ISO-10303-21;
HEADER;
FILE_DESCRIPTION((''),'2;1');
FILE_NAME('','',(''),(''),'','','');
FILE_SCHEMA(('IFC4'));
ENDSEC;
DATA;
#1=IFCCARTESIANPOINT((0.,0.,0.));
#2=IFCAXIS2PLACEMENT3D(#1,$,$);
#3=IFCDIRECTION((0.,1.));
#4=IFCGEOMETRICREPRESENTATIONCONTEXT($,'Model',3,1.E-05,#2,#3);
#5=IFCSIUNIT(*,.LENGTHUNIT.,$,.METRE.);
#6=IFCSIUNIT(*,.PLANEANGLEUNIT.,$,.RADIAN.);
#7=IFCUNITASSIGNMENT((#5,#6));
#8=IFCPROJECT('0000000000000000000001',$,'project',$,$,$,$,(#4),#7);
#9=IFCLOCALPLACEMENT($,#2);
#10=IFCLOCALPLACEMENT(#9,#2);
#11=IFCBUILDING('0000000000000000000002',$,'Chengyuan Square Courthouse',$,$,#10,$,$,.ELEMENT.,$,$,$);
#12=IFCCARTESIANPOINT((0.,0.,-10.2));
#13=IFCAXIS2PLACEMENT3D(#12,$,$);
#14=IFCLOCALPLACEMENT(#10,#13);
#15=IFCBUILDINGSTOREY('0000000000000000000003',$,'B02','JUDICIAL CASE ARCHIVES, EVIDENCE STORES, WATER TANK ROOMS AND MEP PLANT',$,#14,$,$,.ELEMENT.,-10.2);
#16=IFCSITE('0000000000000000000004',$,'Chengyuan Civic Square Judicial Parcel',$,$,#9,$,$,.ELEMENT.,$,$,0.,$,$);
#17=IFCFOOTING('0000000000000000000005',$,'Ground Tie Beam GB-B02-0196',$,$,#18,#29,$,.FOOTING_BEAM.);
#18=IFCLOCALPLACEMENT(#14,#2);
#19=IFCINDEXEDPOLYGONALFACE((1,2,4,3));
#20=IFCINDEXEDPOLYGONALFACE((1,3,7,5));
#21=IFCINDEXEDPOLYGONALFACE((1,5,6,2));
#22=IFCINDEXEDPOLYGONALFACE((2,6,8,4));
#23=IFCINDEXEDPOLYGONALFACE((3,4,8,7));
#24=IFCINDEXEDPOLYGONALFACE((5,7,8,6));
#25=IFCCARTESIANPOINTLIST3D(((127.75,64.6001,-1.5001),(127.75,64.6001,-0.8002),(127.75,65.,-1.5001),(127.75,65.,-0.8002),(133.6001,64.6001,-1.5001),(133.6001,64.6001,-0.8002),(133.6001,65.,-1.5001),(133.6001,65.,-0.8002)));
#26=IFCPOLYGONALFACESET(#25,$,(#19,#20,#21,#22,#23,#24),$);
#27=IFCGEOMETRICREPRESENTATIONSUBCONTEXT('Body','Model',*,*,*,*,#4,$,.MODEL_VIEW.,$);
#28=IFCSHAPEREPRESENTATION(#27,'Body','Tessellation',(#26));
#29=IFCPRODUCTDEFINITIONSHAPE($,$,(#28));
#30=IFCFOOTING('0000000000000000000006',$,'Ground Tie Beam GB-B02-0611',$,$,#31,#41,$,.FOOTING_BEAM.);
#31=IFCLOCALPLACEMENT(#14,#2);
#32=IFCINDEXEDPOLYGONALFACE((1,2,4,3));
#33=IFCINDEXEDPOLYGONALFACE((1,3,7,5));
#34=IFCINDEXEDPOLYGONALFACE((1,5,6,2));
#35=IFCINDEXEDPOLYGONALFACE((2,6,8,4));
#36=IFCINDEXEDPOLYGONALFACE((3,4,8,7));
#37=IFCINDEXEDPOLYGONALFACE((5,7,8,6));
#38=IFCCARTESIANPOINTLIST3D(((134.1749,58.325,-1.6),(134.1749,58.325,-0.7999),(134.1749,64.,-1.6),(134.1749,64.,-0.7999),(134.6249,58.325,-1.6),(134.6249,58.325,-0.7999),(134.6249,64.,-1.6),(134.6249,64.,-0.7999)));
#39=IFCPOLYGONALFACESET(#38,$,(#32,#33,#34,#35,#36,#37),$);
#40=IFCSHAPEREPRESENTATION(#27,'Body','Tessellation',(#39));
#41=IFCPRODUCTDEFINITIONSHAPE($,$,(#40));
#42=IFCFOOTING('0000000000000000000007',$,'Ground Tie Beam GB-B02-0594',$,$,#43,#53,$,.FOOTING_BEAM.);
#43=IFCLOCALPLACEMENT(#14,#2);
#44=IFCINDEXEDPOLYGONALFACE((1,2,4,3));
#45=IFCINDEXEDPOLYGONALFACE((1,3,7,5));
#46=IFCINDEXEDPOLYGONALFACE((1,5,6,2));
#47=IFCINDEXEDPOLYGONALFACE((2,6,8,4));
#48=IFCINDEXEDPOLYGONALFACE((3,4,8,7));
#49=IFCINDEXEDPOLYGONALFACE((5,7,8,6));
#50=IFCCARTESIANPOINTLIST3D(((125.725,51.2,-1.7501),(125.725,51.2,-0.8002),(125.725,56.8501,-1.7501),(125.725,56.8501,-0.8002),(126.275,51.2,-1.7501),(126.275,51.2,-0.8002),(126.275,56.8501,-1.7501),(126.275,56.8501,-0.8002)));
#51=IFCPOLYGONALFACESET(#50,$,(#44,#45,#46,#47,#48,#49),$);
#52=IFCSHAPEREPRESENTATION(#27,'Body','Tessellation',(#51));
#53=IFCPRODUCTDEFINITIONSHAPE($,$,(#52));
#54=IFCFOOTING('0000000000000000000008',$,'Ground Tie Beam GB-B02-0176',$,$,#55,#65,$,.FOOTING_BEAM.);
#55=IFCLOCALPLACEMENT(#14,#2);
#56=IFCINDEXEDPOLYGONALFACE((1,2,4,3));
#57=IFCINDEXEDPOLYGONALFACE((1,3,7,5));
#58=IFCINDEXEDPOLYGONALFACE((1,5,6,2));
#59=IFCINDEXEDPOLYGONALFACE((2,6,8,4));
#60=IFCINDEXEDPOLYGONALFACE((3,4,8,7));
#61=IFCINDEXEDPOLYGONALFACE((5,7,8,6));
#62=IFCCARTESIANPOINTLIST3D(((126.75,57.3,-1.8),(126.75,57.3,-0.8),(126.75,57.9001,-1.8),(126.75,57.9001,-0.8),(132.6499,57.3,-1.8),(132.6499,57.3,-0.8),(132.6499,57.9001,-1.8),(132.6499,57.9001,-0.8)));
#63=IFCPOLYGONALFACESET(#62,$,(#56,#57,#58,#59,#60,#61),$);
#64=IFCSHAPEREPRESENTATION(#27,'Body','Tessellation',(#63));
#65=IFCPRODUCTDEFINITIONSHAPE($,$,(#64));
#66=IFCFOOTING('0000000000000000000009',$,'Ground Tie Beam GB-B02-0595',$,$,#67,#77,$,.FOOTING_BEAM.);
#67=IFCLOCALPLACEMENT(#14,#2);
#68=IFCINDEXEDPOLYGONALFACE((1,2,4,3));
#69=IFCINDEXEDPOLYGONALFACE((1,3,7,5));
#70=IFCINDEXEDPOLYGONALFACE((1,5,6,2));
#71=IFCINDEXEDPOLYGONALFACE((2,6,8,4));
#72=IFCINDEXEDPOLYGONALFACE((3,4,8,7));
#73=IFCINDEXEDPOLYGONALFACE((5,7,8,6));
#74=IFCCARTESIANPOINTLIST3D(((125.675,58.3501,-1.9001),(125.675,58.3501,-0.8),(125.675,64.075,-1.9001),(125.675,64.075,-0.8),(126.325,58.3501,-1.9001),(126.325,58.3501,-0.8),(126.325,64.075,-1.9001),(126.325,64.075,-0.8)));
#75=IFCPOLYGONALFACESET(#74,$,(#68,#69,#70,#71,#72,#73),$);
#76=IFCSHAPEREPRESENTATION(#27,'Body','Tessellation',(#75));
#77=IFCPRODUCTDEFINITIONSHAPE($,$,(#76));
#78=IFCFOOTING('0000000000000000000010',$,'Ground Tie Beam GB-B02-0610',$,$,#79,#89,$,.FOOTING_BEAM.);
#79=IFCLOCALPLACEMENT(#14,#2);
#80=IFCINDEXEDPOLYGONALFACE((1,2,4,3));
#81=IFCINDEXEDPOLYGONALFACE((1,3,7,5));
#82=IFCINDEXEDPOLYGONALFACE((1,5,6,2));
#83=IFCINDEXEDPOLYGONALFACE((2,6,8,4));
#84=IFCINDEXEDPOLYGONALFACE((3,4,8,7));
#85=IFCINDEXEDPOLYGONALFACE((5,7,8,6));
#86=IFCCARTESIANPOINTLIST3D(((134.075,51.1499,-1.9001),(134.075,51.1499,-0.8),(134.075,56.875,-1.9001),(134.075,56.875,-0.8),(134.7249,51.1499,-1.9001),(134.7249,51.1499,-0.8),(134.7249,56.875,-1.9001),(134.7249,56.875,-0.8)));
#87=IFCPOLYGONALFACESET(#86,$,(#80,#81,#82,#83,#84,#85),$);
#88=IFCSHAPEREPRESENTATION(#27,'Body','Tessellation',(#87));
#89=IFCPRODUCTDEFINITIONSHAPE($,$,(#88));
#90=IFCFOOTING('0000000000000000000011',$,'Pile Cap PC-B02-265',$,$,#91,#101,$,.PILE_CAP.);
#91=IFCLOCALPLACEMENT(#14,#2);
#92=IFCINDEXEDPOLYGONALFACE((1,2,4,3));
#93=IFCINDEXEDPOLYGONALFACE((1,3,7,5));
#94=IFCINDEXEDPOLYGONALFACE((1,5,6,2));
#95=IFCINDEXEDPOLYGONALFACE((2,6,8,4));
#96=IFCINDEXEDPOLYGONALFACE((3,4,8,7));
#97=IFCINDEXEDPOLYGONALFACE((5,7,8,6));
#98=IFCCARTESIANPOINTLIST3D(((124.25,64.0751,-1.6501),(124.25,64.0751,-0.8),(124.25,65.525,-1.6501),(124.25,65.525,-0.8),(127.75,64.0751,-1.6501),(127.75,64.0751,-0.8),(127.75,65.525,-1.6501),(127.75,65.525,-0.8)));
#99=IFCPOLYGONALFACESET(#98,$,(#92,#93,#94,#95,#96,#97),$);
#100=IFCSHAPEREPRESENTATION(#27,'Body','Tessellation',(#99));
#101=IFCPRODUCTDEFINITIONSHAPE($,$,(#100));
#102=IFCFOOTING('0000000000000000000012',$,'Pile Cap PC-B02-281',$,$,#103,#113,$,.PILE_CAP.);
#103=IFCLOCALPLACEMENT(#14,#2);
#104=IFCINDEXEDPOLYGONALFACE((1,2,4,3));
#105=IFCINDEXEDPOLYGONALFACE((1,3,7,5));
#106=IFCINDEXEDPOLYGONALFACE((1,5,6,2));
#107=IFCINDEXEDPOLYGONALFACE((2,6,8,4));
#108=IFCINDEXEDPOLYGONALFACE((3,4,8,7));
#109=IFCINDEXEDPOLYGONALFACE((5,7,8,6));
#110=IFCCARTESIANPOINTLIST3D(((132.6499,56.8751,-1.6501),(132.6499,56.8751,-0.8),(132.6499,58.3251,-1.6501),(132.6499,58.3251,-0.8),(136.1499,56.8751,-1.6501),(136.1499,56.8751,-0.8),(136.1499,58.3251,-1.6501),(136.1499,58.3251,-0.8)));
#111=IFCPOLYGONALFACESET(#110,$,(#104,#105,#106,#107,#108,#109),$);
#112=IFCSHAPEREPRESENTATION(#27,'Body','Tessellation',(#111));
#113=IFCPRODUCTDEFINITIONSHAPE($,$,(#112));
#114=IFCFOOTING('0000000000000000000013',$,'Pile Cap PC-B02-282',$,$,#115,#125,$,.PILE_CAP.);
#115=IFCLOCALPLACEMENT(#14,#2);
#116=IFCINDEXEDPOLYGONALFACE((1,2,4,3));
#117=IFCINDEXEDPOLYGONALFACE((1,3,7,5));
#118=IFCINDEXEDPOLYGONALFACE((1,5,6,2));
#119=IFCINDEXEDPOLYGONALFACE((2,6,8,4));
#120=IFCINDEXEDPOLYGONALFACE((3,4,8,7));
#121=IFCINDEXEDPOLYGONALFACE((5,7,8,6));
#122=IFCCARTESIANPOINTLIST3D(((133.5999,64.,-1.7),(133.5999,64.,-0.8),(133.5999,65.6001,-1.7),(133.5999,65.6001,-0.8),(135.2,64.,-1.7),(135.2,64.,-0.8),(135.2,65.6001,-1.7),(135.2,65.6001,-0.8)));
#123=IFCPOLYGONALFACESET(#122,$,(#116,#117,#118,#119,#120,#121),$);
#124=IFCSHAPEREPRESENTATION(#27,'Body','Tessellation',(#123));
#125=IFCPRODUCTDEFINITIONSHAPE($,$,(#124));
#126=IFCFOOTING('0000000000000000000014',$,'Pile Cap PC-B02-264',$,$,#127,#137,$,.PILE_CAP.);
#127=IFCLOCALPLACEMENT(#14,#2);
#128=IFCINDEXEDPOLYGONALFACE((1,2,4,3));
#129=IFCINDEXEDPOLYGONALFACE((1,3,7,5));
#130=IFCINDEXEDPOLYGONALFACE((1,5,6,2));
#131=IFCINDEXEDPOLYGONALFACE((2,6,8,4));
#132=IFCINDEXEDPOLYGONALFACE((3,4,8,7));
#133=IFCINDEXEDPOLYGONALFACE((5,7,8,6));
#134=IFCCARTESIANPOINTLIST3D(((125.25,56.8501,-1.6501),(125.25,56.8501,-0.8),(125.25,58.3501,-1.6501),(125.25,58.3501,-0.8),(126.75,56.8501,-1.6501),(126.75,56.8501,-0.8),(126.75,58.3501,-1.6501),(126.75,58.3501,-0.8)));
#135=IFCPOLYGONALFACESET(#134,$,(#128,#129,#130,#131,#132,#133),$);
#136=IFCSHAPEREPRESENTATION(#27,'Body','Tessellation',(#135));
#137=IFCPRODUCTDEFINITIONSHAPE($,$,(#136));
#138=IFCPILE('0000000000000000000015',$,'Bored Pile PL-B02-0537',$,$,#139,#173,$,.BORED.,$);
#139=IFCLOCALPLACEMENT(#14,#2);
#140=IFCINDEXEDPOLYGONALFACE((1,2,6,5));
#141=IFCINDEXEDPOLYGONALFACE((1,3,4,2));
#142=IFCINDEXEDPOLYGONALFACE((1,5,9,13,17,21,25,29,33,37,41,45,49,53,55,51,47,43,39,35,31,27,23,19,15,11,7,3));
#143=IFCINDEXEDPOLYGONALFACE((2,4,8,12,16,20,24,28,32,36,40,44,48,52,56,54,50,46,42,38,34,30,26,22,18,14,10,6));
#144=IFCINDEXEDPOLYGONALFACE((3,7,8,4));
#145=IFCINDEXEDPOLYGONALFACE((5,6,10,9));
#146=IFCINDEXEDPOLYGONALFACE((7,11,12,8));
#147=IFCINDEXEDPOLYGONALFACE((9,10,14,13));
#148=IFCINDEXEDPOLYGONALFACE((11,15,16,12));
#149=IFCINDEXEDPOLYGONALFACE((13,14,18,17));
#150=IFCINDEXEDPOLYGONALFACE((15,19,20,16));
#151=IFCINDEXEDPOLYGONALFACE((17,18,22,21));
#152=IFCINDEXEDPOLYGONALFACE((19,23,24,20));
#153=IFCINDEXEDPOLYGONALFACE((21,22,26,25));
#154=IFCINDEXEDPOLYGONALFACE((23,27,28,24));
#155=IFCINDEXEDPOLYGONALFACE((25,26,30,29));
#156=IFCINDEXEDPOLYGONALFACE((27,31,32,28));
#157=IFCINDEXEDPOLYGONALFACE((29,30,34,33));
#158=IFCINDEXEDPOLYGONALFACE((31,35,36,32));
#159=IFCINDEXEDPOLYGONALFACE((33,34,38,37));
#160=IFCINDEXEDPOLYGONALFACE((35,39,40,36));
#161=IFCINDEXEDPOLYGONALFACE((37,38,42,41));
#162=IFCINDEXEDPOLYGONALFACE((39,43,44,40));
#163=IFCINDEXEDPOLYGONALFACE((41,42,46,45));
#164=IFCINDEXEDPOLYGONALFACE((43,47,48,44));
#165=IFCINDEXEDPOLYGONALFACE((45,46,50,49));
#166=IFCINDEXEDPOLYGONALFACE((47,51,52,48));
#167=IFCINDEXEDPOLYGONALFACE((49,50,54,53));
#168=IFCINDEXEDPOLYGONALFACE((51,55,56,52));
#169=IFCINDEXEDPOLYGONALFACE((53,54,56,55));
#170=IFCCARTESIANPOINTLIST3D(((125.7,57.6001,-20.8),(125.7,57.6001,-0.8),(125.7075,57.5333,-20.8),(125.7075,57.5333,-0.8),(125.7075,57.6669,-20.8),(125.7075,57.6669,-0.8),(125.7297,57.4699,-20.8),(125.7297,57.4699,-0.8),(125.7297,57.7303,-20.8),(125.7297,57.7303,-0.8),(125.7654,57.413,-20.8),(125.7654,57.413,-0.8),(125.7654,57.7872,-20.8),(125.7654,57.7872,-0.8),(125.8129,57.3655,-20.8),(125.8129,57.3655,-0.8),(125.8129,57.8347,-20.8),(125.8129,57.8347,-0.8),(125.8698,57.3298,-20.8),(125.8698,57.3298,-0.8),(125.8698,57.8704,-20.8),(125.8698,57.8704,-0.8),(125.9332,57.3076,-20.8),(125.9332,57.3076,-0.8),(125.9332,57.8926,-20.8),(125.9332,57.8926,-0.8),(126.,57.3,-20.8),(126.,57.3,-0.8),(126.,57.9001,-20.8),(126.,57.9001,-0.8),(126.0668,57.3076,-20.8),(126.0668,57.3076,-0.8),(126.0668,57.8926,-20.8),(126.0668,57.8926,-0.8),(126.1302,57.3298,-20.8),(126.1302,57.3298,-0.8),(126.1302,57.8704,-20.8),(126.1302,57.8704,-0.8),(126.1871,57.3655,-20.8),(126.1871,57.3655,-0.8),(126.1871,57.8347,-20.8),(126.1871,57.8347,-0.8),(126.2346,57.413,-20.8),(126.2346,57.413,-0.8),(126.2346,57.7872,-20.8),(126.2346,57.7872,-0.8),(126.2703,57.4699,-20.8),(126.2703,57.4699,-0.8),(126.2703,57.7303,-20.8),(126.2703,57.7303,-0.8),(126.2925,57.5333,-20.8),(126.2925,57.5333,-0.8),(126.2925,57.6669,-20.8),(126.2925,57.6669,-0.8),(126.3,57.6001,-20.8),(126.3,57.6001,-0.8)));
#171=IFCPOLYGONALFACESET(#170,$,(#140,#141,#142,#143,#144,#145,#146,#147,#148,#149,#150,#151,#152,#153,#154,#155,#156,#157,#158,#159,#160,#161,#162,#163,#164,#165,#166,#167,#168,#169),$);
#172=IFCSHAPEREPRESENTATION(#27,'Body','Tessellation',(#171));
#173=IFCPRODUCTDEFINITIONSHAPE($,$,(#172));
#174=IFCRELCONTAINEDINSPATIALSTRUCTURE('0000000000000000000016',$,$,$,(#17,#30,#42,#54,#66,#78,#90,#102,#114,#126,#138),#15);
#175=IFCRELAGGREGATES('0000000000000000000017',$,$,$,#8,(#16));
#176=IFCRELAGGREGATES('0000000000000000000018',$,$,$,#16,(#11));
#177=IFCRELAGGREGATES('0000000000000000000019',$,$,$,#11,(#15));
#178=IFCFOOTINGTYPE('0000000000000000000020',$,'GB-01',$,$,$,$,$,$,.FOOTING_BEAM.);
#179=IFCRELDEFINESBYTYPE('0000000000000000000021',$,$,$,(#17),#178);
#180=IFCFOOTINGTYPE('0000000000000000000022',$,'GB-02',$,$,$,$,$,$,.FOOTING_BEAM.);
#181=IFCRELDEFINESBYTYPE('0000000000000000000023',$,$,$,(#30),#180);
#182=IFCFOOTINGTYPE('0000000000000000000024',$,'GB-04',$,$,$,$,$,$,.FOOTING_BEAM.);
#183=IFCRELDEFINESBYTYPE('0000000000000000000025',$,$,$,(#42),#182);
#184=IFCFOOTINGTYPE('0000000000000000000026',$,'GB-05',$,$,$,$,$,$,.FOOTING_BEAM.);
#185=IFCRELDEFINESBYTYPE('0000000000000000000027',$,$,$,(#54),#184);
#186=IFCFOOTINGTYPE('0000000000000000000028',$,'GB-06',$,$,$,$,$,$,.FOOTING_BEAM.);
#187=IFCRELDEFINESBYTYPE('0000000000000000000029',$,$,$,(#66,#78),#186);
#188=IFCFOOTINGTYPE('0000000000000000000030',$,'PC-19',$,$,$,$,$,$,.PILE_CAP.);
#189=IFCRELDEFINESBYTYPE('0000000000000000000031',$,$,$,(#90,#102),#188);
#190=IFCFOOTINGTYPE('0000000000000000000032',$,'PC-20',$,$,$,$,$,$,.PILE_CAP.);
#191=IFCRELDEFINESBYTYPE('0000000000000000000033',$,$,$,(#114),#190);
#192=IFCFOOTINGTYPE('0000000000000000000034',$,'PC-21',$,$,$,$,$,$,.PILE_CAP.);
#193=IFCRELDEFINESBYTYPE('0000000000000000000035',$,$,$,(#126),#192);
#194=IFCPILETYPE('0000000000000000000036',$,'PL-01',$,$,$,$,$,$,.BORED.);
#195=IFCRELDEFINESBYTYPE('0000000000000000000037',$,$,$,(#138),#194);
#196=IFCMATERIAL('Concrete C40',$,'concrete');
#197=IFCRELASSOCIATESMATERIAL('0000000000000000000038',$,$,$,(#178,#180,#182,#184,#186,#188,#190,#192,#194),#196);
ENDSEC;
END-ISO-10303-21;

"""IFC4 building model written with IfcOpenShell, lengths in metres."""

from ifc_helpers import new_model, si_unit, direction, frame, origin, origin_2d, place, context, subcontext, project, spatial, rectangle, circle, extrude, material, material_profile, profile_set, type_object, element, save


model = new_model("IFC4")

# Units and contexts
model_context = context("Model", 3, precision=1e-05, world=origin(), true_north=direction((0.0, 1.0)))
body_context = subcontext(model_context, "Body", "Model", "MODEL_VIEW")
ifc_project = project(units=[si_unit("LENGTHUNIT", "METRE"), si_unit("PLANEANGLEUNIT", "RADIAN")], contexts=[model_context])

# Site, building, storey
site_placement = place(None, origin())
site = spatial("IfcSite", under=ifc_project, at=site_placement, Name="Chengyuan Civic Square Judicial Parcel", CompositionType="ELEMENT", RefElevation=0.0)
building_placement = place(site_placement, origin())
building = spatial("IfcBuilding", under=site, at=building_placement, Name="Chengyuan Square Courthouse", CompositionType="ELEMENT")
storey_placement = place(building_placement, frame((0.0, 0.0, -10.2)))
storey = spatial("IfcBuildingStorey", under=building, at=storey_placement, Name="B02", Description="JUDICIAL CASE ARCHIVES, EVIDENCE STORES, WATER TANK ROOMS AND MEP PLANT", CompositionType="ELEMENT", Elevation=-10.2)

# Footings
ifc_material_1 = material(Name="Concrete C40", Category="concrete")
ifc_material_profile_1 = material_profile(ifc_material_1, rectangle(XDim=0.3999, YDim=0.7, at=origin_2d()), Name="GB-400x700")
ifc_profile_set_1 = profile_set([ifc_material_profile_1], Name="Concrete C40")
footing_type_1 = type_object("IfcFootingType", Name="GB-01", PredefinedType="FOOTING_BEAM", material=ifc_profile_set_1)
footing_1_placement = place(storey_placement, frame((127.75, 64.8, -1.1501), z_axis=(1.0, 0.0, 0.0), x_axis=(0.0, 1.0, 0.0)))
element("IfcFooting", 1, at=footing_1_placement, inside=storey, type_object=footing_type_1, Name="Ground Tie Beam GB-B02-0196", PredefinedType="FOOTING_BEAM", context=body_context, shape_type="SweptSolid", body=[
    extrude(rectangle(XDim=0.3999, YDim=0.7, at=origin_2d()), origin(), (0.0, 0.0, 1.0), 5.8501),
])
ifc_material_profile_2 = material_profile(ifc_material_1, rectangle(XDim=0.45, YDim=0.8, at=origin_2d()), Name="GB-450x800")
ifc_profile_set_2 = profile_set([ifc_material_profile_2], Name="Concrete C40")
footing_type_2 = type_object("IfcFootingType", Name="GB-02", PredefinedType="FOOTING_BEAM", material=ifc_profile_set_2)
footing_2_placement = place(storey_placement, frame((134.3999, 58.325, -1.2), z_axis=(0.0, 1.0, 0.0), x_axis=(-1.0, 0.0, 0.0)))
element("IfcFooting", 2, at=footing_2_placement, inside=storey, type_object=footing_type_2, Name="Ground Tie Beam GB-B02-0611", PredefinedType="FOOTING_BEAM", context=body_context, shape_type="SweptSolid", body=[
    extrude(rectangle(XDim=0.45, YDim=0.8, at=origin_2d()), origin(), (0.0, 0.0, 1.0), 5.675),
])
ifc_material_profile_3 = material_profile(ifc_material_1, rectangle(XDim=0.55, YDim=0.95, at=origin_2d()), Name="GB-550x950")
ifc_profile_set_3 = profile_set([ifc_material_profile_3], Name="Concrete C40")
footing_type_3 = type_object("IfcFootingType", Name="GB-04", PredefinedType="FOOTING_BEAM", material=ifc_profile_set_3)
footing_3_placement = place(storey_placement, frame((126.0, 51.2, -1.2751), z_axis=(0.0, 1.0, 0.0), x_axis=(-1.0, 0.0, 0.0)))
element("IfcFooting", 3, at=footing_3_placement, inside=storey, type_object=footing_type_3, Name="Ground Tie Beam GB-B02-0594", PredefinedType="FOOTING_BEAM", context=body_context, shape_type="SweptSolid", body=[
    extrude(rectangle(XDim=0.55, YDim=0.95, at=origin_2d()), origin(), (0.0, 0.0, 1.0), 5.6501),
])
ifc_material_profile_4 = material_profile(ifc_material_1, rectangle(XDim=0.6001, YDim=1.0, at=origin_2d()), Name="GB-600x1000")
ifc_profile_set_4 = profile_set([ifc_material_profile_4], Name="Concrete C40")
footing_type_4 = type_object("IfcFootingType", Name="GB-05", PredefinedType="FOOTING_BEAM", material=ifc_profile_set_4)
footing_4_placement = place(storey_placement, frame((126.75, 57.6001, -1.3), z_axis=(1.0, 0.0, 0.0), x_axis=(0.0, 1.0, 0.0)))
element("IfcFooting", 4, at=footing_4_placement, inside=storey, type_object=footing_type_4, Name="Ground Tie Beam GB-B02-0176", PredefinedType="FOOTING_BEAM", context=body_context, shape_type="SweptSolid", body=[
    extrude(rectangle(XDim=0.6001, YDim=1.0, at=origin_2d()), origin(), (0.0, 0.0, 1.0), 5.8999),
])
ifc_material_profile_5 = material_profile(ifc_material_1, rectangle(XDim=0.6499, YDim=1.1001, at=origin_2d()), Name="GB-650x1100")
ifc_profile_set_5 = profile_set([ifc_material_profile_5], Name="Concrete C40")
footing_type_5 = type_object("IfcFootingType", Name="GB-06", PredefinedType="FOOTING_BEAM", material=ifc_profile_set_5)
footing_5_placement = place(storey_placement, frame((126.0, 58.3501, -1.3501), z_axis=(0.0, 1.0, 0.0), x_axis=(-1.0, 0.0, 0.0)))
element("IfcFooting", 5, at=footing_5_placement, inside=storey, type_object=footing_type_5, Name="Ground Tie Beam GB-B02-0595", PredefinedType="FOOTING_BEAM", context=body_context, shape_type="SweptSolid", body=[
    extrude(rectangle(XDim=0.6499, YDim=1.1001, at=origin_2d()), origin(), (0.0, 0.0, 1.0), 5.7249),
])
footing_6_placement = place(storey_placement, frame((134.3999, 51.1499, -1.3501), z_axis=(0.0, 1.0, 0.0), x_axis=(-1.0, 0.0, 0.0)))
element("IfcFooting", 6, at=footing_6_placement, inside=storey, type_object=footing_type_5, Name="Ground Tie Beam GB-B02-0610", PredefinedType="FOOTING_BEAM", context=body_context, shape_type="SweptSolid", body=[
    extrude(rectangle(XDim=0.6499, YDim=1.1001, at=origin_2d()), origin(), (0.0, 0.0, 1.0), 5.7251),
])
footing_type_6 = type_object("IfcFootingType", Name="PC-19", PredefinedType="PILE_CAP", material=ifc_material_1)
for number, where, z_axis, x_axis, name in (
    (7, (126.0, 64.8, -1.6501), (0.0, 0.0, 1.0), (1.0, 0.0, 0.0), "Pile Cap PC-B02-265"),
    (8, (134.3999, 57.6001, -1.6501), (0.0, 0.0, 1.0), (1.0, 0.0, 0.0), "Pile Cap PC-B02-281"),
):
    element("IfcFooting", number, at=place(storey_placement, frame(where, z_axis=z_axis, x_axis=x_axis)), inside=storey, type_object=footing_type_6, Name=name, PredefinedType="PILE_CAP", context=body_context, shape_type="SweptSolid", body=[
        extrude(rectangle(XDim=3.5, YDim=1.45, at=origin_2d()), origin(), (0.0, 0.0, 1.0), 0.8501),
    ])
footing_type_7 = type_object("IfcFootingType", Name="PC-20", PredefinedType="PILE_CAP", material=ifc_material_1)
footing_7_placement = place(storey_placement, frame((134.3999, 64.8, -1.7), z_axis=(0.0, 0.0, 1.0), x_axis=(1.0, 0.0, 0.0)))
element("IfcFooting", 9, at=footing_7_placement, inside=storey, type_object=footing_type_7, Name="Pile Cap PC-B02-282", PredefinedType="PILE_CAP", context=body_context, shape_type="SweptSolid", body=[
    extrude(rectangle(XDim=1.6001, YDim=1.6001, at=origin_2d()), origin(), (0.0, 0.0, 1.0), 0.8999),
])
footing_type_8 = type_object("IfcFootingType", Name="PC-21", PredefinedType="PILE_CAP", material=ifc_material_1)
footing_8_placement = place(storey_placement, frame((126.0, 57.6001, -1.6501), z_axis=(0.0, 0.0, 1.0), x_axis=(1.0, 0.0, 0.0)))
element("IfcFooting", 10, at=footing_8_placement, inside=storey, type_object=footing_type_8, Name="Pile Cap PC-B02-264", PredefinedType="PILE_CAP", context=body_context, shape_type="SweptSolid", body=[
    extrude(rectangle(XDim=1.5, YDim=1.5, at=origin_2d()), origin(), (0.0, 0.0, 1.0), 0.8501),
])

# Pile
ifc_material_profile_6 = material_profile(ifc_material_1, circle(Radius=0.3, at=origin_2d()), Name="BORED PILE D600")
ifc_profile_set_6 = profile_set([ifc_material_profile_6], Name="Concrete C40")
pile_type_1 = type_object("IfcPileType", Name="PL-01", PredefinedType="BORED", material=ifc_profile_set_6)
pile_placement = place(storey_placement, frame((126.0, 57.6001, -0.8), z_axis=(0.0, 0.0, -1.0), x_axis=(1.0, 0.0, 0.0)))
element("IfcPile", 11, at=pile_placement, inside=storey, type_object=pile_type_1, Name="Bored Pile PL-B02-0537", PredefinedType="BORED", context=body_context, shape_type="SweptSolid", body=[
    extrude(circle(Radius=0.3, at=origin_2d()), origin(), (0.0, 0.0, 1.0), 20.0),
])

save(model, "model.ifc")
